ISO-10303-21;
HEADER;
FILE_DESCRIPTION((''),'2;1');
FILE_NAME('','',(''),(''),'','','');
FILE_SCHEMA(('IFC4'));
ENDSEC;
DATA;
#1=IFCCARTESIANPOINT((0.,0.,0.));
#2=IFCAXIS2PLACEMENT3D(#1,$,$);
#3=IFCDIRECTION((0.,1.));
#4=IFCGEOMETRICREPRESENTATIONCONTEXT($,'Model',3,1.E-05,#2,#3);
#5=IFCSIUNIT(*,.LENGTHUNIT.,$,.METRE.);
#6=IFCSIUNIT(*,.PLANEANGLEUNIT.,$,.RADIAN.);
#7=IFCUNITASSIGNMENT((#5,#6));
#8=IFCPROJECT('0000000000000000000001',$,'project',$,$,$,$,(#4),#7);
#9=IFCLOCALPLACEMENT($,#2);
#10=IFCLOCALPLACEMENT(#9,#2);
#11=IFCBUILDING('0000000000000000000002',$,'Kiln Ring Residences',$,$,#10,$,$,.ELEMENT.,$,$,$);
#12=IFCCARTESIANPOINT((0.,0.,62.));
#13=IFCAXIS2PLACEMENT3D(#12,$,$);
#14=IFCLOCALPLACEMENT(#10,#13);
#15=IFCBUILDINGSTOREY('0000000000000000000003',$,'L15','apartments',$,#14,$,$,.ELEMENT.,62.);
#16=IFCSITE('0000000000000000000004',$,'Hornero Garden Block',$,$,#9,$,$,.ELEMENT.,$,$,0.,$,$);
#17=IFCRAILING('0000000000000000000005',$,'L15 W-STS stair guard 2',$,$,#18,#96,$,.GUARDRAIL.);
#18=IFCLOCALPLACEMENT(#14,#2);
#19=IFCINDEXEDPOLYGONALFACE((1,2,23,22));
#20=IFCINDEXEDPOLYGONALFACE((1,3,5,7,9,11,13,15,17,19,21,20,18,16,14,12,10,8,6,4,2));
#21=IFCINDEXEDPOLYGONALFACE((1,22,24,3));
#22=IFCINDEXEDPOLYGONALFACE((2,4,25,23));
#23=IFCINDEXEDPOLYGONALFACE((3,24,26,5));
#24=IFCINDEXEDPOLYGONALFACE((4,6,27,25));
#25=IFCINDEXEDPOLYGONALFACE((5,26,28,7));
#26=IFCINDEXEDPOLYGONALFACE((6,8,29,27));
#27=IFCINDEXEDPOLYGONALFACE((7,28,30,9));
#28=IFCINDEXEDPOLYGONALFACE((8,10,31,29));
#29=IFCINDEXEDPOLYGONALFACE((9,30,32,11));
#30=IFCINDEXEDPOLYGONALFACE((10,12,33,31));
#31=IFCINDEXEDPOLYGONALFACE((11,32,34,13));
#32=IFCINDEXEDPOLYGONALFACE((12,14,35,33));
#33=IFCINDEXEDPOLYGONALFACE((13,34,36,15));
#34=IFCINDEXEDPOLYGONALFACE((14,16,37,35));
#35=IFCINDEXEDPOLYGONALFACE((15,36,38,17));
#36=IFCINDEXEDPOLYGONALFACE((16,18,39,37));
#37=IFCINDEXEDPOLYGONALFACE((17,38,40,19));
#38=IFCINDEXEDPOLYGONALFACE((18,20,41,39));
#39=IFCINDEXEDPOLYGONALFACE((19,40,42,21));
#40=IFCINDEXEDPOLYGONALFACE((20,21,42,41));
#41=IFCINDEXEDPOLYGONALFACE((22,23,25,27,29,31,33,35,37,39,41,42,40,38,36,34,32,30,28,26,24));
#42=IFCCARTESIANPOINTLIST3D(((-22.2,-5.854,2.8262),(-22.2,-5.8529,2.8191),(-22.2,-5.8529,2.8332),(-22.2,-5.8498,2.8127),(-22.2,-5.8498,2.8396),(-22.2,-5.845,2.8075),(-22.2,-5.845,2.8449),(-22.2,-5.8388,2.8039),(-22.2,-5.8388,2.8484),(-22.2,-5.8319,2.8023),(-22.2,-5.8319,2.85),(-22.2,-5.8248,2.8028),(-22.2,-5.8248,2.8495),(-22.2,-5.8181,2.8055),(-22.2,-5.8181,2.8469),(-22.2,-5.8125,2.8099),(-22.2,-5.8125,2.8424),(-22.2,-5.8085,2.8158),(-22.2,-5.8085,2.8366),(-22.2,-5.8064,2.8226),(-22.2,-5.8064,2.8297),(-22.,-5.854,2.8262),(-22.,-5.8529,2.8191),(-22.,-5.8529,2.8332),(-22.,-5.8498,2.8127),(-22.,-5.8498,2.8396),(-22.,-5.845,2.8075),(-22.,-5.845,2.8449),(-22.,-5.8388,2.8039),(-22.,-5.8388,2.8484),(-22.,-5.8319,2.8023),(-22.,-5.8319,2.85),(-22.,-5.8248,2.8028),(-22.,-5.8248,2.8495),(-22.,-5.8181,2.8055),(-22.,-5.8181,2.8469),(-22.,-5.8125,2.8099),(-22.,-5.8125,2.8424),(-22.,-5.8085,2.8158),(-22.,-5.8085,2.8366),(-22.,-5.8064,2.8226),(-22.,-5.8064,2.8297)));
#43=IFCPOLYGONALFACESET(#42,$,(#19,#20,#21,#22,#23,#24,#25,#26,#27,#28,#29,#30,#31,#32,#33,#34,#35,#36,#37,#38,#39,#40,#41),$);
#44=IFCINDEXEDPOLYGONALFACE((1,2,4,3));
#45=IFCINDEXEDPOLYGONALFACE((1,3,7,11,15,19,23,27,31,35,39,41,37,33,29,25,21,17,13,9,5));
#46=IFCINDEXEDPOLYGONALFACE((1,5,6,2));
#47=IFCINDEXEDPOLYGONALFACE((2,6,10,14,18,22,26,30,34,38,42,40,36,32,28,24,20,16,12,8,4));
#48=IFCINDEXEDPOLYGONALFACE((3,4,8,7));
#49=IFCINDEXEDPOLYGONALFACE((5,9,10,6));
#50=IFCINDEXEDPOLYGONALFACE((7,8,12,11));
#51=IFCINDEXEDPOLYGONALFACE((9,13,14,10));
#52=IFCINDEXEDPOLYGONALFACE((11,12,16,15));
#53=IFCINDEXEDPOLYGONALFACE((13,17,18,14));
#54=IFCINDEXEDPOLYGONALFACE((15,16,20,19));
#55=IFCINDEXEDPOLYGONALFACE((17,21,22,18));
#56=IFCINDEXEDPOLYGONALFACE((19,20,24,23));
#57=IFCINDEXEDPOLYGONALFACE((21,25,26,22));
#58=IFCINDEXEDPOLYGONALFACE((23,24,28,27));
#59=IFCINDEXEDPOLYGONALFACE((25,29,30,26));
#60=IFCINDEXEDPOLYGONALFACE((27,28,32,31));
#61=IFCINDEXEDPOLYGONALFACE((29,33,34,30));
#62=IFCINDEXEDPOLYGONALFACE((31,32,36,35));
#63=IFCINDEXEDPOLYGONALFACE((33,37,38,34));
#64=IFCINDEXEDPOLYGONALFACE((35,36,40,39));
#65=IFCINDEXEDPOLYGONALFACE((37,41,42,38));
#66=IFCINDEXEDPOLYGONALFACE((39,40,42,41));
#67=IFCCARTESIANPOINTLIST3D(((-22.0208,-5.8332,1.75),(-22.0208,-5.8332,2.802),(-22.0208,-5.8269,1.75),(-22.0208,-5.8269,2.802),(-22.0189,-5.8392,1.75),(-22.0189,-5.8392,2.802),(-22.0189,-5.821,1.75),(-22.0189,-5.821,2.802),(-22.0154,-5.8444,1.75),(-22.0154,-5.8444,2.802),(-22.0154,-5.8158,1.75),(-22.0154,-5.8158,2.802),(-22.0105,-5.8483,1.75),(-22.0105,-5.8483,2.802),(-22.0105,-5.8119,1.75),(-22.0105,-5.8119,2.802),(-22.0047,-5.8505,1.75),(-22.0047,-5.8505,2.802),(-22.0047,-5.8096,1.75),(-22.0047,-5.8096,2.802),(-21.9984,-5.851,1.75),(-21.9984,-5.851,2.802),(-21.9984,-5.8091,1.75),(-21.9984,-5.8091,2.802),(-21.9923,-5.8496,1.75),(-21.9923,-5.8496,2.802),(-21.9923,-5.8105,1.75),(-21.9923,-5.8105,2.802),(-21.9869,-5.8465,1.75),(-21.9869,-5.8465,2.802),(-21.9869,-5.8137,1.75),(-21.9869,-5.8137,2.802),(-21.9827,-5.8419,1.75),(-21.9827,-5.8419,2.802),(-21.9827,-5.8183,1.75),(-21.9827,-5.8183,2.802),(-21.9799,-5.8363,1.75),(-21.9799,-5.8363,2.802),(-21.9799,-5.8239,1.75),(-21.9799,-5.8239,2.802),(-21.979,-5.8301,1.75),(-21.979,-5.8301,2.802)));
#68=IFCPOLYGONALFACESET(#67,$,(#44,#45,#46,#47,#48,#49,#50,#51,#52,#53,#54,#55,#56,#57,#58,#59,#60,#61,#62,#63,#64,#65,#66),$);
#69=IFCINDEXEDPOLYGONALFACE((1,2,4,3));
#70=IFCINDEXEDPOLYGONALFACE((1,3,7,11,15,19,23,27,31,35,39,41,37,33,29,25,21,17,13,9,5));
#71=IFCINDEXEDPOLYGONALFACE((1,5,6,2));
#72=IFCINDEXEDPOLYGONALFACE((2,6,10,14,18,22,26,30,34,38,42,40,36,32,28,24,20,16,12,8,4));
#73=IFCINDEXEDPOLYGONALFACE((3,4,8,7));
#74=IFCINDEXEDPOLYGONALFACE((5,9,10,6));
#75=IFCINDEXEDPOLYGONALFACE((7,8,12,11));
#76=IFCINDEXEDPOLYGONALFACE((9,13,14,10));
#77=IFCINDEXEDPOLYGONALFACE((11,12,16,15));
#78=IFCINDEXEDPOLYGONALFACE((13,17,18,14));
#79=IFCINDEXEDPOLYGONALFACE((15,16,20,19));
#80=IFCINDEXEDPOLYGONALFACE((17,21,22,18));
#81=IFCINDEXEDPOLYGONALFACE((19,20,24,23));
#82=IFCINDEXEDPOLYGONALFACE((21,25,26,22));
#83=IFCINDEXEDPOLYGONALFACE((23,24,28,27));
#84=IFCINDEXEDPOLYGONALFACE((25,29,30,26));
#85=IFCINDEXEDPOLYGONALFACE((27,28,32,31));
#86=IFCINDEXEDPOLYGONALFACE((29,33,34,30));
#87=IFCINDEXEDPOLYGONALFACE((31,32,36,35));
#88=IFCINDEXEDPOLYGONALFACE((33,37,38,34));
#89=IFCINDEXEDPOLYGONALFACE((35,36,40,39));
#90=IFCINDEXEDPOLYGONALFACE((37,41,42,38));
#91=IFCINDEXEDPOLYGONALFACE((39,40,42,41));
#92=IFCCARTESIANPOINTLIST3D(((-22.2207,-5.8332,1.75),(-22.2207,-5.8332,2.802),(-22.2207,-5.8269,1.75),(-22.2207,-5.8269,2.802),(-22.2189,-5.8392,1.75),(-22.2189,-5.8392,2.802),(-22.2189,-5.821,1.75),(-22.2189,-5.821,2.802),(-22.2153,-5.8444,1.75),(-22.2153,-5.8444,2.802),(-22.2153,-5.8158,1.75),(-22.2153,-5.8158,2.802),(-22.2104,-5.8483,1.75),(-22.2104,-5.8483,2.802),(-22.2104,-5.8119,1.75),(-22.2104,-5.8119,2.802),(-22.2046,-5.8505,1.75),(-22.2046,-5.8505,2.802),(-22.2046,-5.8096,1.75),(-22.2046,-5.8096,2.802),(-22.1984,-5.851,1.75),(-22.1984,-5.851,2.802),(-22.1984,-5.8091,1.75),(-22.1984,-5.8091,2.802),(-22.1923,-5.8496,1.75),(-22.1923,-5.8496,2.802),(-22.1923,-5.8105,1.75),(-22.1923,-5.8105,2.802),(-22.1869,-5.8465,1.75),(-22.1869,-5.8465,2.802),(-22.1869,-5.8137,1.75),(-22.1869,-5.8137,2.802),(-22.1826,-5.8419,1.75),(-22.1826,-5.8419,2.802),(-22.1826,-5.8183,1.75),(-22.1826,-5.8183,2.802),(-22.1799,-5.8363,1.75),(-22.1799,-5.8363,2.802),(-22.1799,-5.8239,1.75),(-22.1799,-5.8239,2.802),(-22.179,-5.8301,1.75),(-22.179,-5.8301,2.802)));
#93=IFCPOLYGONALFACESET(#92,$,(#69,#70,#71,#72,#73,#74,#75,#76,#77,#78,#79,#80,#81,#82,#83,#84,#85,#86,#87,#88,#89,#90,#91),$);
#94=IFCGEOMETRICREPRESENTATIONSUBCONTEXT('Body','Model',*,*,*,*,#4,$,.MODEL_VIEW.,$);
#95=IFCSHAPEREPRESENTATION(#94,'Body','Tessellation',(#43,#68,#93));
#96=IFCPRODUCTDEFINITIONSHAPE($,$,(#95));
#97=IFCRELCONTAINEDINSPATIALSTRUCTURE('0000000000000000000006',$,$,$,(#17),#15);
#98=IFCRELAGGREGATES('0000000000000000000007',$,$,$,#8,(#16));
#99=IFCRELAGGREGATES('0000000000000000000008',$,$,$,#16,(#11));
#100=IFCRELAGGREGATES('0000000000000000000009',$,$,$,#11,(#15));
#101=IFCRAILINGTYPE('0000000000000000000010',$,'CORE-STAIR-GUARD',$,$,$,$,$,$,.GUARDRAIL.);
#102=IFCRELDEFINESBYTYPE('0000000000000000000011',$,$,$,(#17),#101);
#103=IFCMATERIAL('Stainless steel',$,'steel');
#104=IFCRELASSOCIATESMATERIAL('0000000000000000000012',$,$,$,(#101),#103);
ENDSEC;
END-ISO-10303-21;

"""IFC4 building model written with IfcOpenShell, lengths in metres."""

from ifc_helpers import new_model, si_unit, direction, frame, origin, origin_2d, place, context, subcontext, project, spatial, circle, extrude, material, type_object, element, save


model = new_model("IFC4")

# Units and contexts
model_context = context("Model", 3, precision=1e-05, world=origin(), true_north=direction((0.0, 1.0)))
body_context = subcontext(model_context, "Body", "Model", "MODEL_VIEW")
ifc_project = project(units=[si_unit("LENGTHUNIT", "METRE"), si_unit("PLANEANGLEUNIT", "RADIAN")], contexts=[model_context])

# Site, building, storey
site_placement = place(None, origin())
site = spatial("IfcSite", under=ifc_project, at=site_placement, Name="Hornero Garden Block", CompositionType="ELEMENT", RefElevation=0.0)
building_placement = place(site_placement, origin())
building = spatial("IfcBuilding", under=site, at=building_placement, Name="Kiln Ring Residences", CompositionType="ELEMENT")
storey_placement = place(building_placement, frame((0.0, 0.0, 62.0)))
storey = spatial("IfcBuildingStorey", under=building, at=storey_placement, Name="L15", Description="apartments", CompositionType="ELEMENT", Elevation=62.0)

# Railing
ifc_material_1 = material(Name="Stainless steel", Category="steel")
railing_type_1 = type_object("IfcRailingType", Name="CORE-STAIR-GUARD", PredefinedType="GUARDRAIL", material=ifc_material_1)
railing_1_placement = place(storey_placement, frame((-22.0, -5.8301, 1.75)))
element("IfcRailing", 1, at=railing_1_placement, inside=storey, type_object=railing_type_1, Name="L15 W-STS stair guard 2", PredefinedType="GUARDRAIL", context=body_context, shape_type="SweptSolid", body=[
    extrude(circle(Radius=0.0239, at=origin_2d()), frame((0.0, 0.0, 1.0762), z_axis=(-1.0, 0.0, 0.0), x_axis=(0.0, -1.0, 0.0)), (0.0, 0.0, 1.0), 0.2),
    extrude(circle(Radius=0.021, at=origin_2d()), origin(), (0.0, 0.0, 1.0), 1.052),
    extrude(circle(Radius=0.021, at=origin_2d()), frame((-0.2, 0.0, 0.0)), (0.0, 0.0, 1.0), 1.052),
])

save(model, "model.ifc")
